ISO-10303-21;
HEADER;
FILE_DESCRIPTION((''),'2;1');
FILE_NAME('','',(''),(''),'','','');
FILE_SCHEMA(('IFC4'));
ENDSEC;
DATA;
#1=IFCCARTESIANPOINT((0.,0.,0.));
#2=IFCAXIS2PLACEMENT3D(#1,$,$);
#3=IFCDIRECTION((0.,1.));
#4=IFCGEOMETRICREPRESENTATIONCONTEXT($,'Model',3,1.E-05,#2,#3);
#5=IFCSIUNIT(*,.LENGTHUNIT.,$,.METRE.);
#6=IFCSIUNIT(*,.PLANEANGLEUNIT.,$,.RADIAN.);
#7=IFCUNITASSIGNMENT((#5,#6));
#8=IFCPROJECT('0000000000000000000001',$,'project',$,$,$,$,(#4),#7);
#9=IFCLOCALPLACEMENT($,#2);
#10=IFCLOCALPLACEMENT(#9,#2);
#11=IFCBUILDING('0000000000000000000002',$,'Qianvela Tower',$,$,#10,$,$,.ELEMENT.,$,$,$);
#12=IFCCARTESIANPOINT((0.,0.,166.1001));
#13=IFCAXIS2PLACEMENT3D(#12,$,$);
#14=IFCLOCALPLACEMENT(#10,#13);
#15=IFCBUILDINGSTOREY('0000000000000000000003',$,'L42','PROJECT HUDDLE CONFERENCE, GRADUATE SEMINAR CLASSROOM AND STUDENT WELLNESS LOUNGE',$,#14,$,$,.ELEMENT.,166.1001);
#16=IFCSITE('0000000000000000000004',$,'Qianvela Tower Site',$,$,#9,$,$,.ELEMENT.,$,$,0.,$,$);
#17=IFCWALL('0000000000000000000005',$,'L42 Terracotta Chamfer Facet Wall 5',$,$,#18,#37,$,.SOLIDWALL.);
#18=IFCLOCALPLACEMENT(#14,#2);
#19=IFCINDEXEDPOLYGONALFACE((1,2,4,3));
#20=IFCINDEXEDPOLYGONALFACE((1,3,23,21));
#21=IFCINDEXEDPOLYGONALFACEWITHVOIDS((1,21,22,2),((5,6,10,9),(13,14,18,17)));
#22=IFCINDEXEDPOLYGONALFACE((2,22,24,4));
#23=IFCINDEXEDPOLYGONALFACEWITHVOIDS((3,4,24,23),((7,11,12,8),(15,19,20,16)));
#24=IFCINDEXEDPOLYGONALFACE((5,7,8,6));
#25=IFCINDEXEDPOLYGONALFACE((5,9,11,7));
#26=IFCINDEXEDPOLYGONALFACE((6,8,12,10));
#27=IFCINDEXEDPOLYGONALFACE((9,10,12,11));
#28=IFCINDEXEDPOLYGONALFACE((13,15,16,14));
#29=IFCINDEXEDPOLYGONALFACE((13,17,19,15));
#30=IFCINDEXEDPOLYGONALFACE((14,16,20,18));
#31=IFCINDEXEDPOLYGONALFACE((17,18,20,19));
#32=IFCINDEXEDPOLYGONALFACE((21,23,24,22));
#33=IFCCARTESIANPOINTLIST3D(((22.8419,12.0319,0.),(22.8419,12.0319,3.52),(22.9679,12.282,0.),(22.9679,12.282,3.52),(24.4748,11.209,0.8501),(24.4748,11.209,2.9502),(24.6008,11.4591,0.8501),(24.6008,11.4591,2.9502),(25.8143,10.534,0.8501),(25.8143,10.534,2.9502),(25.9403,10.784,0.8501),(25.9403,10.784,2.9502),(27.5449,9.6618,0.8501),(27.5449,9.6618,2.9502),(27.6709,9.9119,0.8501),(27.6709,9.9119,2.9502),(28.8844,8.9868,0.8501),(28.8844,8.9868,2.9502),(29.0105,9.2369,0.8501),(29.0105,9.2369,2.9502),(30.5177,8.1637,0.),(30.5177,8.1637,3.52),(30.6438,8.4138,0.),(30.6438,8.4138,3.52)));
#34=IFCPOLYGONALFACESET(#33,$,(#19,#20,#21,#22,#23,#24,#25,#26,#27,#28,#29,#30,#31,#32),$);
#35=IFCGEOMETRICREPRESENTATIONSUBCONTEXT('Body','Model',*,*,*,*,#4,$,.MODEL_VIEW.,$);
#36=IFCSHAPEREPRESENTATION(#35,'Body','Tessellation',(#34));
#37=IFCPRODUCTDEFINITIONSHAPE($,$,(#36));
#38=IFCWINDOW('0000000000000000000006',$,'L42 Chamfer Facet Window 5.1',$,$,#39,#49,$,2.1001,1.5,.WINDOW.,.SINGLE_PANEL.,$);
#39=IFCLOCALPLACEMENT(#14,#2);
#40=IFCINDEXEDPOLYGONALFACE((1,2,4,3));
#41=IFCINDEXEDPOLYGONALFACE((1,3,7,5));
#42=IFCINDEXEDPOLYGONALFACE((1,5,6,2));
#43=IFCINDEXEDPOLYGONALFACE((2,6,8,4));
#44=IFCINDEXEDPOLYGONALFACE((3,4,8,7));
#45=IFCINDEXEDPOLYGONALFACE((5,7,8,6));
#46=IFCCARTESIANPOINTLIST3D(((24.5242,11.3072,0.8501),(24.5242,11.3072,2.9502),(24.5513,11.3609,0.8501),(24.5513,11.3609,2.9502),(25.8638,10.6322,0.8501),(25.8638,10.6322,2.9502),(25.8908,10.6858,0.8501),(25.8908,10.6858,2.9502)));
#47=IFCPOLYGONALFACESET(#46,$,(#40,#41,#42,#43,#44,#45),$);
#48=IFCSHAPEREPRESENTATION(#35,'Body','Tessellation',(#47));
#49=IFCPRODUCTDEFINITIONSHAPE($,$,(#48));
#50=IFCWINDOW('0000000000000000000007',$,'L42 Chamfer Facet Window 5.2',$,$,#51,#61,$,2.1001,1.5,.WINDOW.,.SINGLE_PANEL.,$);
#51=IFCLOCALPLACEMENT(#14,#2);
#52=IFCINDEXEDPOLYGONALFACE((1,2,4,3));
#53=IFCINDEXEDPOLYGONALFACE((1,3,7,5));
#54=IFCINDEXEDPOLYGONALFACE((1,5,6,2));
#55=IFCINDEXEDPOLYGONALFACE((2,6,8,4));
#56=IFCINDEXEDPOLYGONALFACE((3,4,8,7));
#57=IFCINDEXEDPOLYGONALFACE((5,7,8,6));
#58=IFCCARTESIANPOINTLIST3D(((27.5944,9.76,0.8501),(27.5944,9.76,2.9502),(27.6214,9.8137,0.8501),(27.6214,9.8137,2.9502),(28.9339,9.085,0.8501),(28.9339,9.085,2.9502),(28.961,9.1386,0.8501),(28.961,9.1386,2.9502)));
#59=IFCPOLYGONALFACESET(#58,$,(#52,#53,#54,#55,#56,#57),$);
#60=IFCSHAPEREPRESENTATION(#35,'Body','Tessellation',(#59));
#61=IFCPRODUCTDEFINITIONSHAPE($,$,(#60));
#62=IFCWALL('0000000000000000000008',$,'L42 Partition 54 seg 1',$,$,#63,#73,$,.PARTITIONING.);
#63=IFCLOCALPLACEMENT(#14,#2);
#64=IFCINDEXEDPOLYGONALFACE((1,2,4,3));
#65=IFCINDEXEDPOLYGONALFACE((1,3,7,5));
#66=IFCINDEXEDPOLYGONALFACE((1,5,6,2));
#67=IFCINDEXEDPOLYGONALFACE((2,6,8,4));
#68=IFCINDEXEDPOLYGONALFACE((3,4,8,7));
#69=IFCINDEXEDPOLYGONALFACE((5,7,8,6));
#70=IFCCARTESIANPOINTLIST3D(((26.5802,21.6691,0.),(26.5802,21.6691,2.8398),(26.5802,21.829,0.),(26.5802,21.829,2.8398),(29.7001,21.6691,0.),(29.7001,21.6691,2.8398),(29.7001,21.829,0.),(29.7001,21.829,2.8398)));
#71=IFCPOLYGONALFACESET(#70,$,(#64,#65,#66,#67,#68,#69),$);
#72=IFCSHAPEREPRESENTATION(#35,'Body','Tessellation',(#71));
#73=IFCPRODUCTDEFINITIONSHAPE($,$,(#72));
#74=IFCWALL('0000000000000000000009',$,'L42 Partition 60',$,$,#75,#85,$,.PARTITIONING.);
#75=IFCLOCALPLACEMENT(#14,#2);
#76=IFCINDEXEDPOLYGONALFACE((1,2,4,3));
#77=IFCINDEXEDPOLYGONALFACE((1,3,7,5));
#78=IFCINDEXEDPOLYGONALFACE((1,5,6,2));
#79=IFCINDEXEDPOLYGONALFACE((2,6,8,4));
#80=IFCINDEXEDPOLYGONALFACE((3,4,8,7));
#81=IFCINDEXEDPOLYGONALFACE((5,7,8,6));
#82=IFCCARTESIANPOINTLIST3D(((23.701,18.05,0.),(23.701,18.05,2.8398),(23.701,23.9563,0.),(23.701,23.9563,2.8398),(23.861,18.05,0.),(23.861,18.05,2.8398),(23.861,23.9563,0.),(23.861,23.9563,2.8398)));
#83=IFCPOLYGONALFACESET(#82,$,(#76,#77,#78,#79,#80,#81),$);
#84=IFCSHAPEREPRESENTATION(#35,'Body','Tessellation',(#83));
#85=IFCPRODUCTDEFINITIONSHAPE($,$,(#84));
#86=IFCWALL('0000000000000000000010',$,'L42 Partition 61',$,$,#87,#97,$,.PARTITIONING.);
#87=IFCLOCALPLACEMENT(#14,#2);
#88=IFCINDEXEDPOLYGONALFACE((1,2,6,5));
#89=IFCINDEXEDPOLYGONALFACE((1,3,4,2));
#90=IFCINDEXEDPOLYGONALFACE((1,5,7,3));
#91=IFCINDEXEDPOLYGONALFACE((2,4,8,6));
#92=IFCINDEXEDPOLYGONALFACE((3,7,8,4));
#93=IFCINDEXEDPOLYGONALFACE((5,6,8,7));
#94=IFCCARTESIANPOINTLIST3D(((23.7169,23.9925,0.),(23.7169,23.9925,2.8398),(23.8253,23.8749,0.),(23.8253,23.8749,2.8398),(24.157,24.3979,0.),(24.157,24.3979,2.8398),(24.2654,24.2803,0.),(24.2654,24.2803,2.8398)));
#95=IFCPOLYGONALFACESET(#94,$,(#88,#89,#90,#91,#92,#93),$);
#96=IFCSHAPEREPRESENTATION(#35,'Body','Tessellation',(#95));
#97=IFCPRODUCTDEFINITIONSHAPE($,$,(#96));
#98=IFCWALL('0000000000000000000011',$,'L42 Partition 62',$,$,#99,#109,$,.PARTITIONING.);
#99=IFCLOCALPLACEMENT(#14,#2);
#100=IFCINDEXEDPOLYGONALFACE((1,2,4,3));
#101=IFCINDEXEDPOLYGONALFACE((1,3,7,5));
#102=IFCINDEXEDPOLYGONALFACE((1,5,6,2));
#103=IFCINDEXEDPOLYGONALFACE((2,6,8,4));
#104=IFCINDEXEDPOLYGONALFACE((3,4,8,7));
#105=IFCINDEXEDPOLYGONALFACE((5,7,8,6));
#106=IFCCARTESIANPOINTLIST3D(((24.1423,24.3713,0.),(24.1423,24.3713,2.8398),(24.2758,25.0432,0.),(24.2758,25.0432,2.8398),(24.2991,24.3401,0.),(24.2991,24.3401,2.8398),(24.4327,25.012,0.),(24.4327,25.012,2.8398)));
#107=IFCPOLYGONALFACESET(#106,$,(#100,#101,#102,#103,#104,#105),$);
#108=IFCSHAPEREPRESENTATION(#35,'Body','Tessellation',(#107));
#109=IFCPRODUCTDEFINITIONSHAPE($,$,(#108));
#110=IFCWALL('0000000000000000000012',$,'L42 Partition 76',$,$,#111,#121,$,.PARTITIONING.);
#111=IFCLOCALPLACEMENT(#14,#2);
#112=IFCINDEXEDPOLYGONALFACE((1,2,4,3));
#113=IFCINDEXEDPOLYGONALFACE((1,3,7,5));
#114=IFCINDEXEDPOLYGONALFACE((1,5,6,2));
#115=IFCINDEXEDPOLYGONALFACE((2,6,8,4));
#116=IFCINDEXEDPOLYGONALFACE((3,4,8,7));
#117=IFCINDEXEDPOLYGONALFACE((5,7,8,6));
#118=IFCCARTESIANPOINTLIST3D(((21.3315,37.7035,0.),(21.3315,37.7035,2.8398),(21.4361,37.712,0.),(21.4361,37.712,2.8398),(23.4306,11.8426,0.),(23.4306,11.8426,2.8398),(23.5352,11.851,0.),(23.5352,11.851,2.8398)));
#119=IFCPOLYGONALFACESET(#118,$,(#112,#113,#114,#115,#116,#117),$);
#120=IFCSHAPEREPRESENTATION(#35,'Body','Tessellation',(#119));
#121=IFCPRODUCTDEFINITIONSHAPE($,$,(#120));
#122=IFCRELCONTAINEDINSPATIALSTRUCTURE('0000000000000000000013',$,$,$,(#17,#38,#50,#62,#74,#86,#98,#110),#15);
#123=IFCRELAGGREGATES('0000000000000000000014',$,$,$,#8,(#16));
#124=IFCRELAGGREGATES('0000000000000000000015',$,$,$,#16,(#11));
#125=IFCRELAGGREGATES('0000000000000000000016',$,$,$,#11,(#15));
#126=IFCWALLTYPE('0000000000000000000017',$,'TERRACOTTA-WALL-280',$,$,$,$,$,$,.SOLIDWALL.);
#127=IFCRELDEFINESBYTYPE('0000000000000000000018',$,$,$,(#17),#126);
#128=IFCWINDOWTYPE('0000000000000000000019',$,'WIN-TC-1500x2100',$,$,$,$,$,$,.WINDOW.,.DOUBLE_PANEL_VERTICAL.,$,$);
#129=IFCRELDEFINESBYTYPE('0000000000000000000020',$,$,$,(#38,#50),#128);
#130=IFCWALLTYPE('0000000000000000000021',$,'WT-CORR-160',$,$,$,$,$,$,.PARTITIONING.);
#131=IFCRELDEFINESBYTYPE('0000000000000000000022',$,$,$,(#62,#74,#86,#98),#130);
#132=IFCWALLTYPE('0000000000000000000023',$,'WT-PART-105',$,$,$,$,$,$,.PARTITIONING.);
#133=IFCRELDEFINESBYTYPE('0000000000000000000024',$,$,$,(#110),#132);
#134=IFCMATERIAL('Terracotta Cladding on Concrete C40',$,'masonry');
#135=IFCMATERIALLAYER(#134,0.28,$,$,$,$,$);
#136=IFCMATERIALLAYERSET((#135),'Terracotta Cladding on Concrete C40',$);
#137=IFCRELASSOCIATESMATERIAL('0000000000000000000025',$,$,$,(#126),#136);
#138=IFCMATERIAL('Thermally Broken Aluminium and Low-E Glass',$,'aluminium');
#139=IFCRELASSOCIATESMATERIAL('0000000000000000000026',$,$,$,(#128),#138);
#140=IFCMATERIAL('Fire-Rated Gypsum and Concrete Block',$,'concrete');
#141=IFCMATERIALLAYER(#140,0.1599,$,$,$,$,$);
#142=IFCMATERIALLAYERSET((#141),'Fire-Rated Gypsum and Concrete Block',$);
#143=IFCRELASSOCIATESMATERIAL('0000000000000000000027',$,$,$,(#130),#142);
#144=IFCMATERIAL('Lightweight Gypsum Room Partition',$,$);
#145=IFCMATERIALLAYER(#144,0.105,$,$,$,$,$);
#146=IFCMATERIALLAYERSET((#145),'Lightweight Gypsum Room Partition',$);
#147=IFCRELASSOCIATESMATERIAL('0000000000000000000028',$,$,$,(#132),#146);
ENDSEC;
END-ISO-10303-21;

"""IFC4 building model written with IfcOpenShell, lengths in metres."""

from ifc_helpers import new_model, si_unit, direction, frame, frame_2d, origin, place, context, subcontext, project, spatial, rectangle, extrude, material, layer, layer_set, type_object, element, fill, save


model = new_model("IFC4")

# Units and contexts
model_context = context("Model", 3, precision=1e-05, world=origin(), true_north=direction((0.0, 1.0)))
body_context = subcontext(model_context, "Body", "Model", "MODEL_VIEW")
ifc_project = project(units=[si_unit("LENGTHUNIT", "METRE"), si_unit("PLANEANGLEUNIT", "RADIAN")], contexts=[model_context])

# Site, building, storey
site_placement = place(None, origin())
site = spatial("IfcSite", under=ifc_project, at=site_placement, Name="Qianvela Tower Site", CompositionType="ELEMENT", RefElevation=0.0)
building_placement = place(site_placement, origin())
building = spatial("IfcBuilding", under=site, at=building_placement, Name="Qianvela Tower", CompositionType="ELEMENT")
storey_placement = place(building_placement, frame((0.0, 0.0, 166.1001)))
storey = spatial("IfcBuildingStorey", under=building, at=storey_placement, Name="L42", Description="PROJECT HUDDLE CONFERENCE, GRADUATE SEMINAR CLASSROOM AND STUDENT WELLNESS LOUNGE", CompositionType="ELEMENT", Elevation=166.1001)

# Wall, openings, windows
ifc_material_1 = material(Name="Terracotta Cladding on Concrete C40", Category="masonry")
ifc_layer_1 = layer(ifc_material_1, 0.28)
ifc_layer_set_1 = layer_set([ifc_layer_1], Name="Terracotta Cladding on Concrete C40")
wall_type_1 = type_object("IfcWallType", Name="TERRACOTTA-WALL-280", PredefinedType="SOLIDWALL", material=ifc_layer_set_1)
wall_1_placement = place(storey_placement, frame((22.9048, 12.157, 0.0), z_axis=(0.0, 0.0, 1.0), x_axis=(0.893014, -0.450029, 0.0)))
wall_1 = element("IfcWall", 1, at=wall_1_placement, inside=storey, type_object=wall_type_1, Name="L42 Terracotta Chamfer Facet Wall 5", PredefinedType="SOLIDWALL", context=body_context, shape_type="SweptSolid", body=[
    extrude(rectangle(XDim=8.5955, YDim=0.28, at=frame_2d((4.2979, 0.0))), origin(), (0.0, 0.0, 1.0), 3.52),
])
opening_1_placement = place(wall_1_placement, frame((1.8286, 0.0, 0.8501)))
opening_1 = element("IfcOpeningElement", 2, at=opening_1_placement, cuts=wall_1, PredefinedType="OPENING", context=body_context, shape_type="SweptSolid", body=[
    extrude(rectangle(XDim=1.5, YDim=2.1001, at=frame_2d((0.75, 1.05))), frame((0.0, 0.1499, 0.0), z_axis=(0.0, -1.0, 0.0), x_axis=(1.0, 0.0, 0.0)), (0.0, 0.0, 1.0), 0.3),
])
opening_2_placement = place(wall_1_placement, frame((5.2666, 0.0, 0.8501)))
opening_2 = element("IfcOpeningElement", 3, at=opening_2_placement, cuts=wall_1, PredefinedType="OPENING", context=body_context, shape_type="SweptSolid", body=[
    extrude(rectangle(XDim=1.5, YDim=2.1001, at=frame_2d((0.75, 1.05))), frame((0.0, 0.1499, 0.0), z_axis=(0.0, -1.0, 0.0), x_axis=(1.0, 0.0, 0.0)), (0.0, 0.0, 1.0), 0.3),
])
ifc_material_2 = material(Name="Thermally Broken Aluminium and Low-E Glass", Category="aluminium")
window_type = type_object("IfcWindowType", Name="WIN-TC-1500x2100", PartitioningType="DOUBLE_PANEL_VERTICAL", PredefinedType="WINDOW", material=ifc_material_2)
window_1_placement = place(opening_1_placement, origin())
window_1 = element("IfcWindow", 4, at=window_1_placement, inside=storey, type_object=window_type, Name="L42 Chamfer Facet Window 5.1", OverallHeight=2.1001, OverallWidth=1.5, PartitioningType="SINGLE_PANEL", PredefinedType="WINDOW", context=body_context, shape_type="SweptSolid", body=[
    extrude(rectangle(XDim=1.5, YDim=2.1001, at=frame_2d((0.75, 1.05))), frame((0.0, 0.03, 0.0), z_axis=(0.0, -1.0, 0.0), x_axis=(1.0, 0.0, 0.0)), (0.0, 0.0, 1.0), 0.0601),
])
fill(opening_1, window_1)
window_2_placement = place(opening_2_placement, origin())
window_2 = element("IfcWindow", 5, at=window_2_placement, inside=storey, type_object=window_type, Name="L42 Chamfer Facet Window 5.2", OverallHeight=2.1001, OverallWidth=1.5, PartitioningType="SINGLE_PANEL", PredefinedType="WINDOW", context=body_context, shape_type="SweptSolid", body=[
    extrude(rectangle(XDim=1.5, YDim=2.1001, at=frame_2d((0.75, 1.05))), frame((0.0, 0.03, 0.0), z_axis=(0.0, -1.0, 0.0), x_axis=(1.0, 0.0, 0.0)), (0.0, 0.0, 1.0), 0.0601),
])
fill(opening_2, window_2)

# Walls
ifc_material_3 = material(Name="Fire-Rated Gypsum and Concrete Block", Category="concrete")
ifc_layer_2 = layer(ifc_material_3, 0.1599)
ifc_layer_set_2 = layer_set([ifc_layer_2], Name="Fire-Rated Gypsum and Concrete Block")
wall_type_2 = type_object("IfcWallType", Name="WT-CORR-160", PredefinedType="PARTITIONING", material=ifc_layer_set_2)
wall_2_placement = place(storey_placement, frame((26.5801, 21.749, 0.0), z_axis=(0.0, 0.0, 1.0), x_axis=(1.0, 0.0, 0.0)))
element("IfcWall", 6, at=wall_2_placement, inside=storey, type_object=wall_type_2, Name="L42 Partition 54 seg 1", PredefinedType="PARTITIONING", context=body_context, shape_type="SweptSolid", body=[
    extrude(rectangle(XDim=3.1199, YDim=0.1599, at=frame_2d((1.5601, 0.0))), origin(), (0.0, 0.0, 1.0), 2.8398),
])
wall_3_placement = place(storey_placement, frame((23.781, 18.05, 0.0), z_axis=(0.0, 0.0, 1.0), x_axis=(0.0, 1.0, 0.0)))
element("IfcWall", 7, at=wall_3_placement, inside=storey, type_object=wall_type_2, Name="L42 Partition 60", PredefinedType="PARTITIONING", context=body_context, shape_type="SweptSolid", body=[
    extrude(rectangle(XDim=5.9062, YDim=0.1599, at=frame_2d((2.9531, 0.0))), origin(), (0.0, 0.0, 1.0), 2.8398),
])
wall_4_placement = place(storey_placement, frame((23.771, 23.9336, 0.0), z_axis=(0.0, 0.0, 1.0), x_axis=(0.735476, 0.677551, 0.0)))
element("IfcWall", 8, at=wall_4_placement, inside=storey, type_object=wall_type_2, Name="L42 Partition 61", PredefinedType="PARTITIONING", context=body_context, shape_type="SweptSolid", body=[
    extrude(rectangle(XDim=0.5984, YDim=0.1599, at=frame_2d((0.2993, 0.0))), origin(), (0.0, 0.0, 1.0), 2.8398),
])
wall_5_placement = place(storey_placement, frame((24.2207, 24.3557, 0.0), z_axis=(0.0, 0.0, 1.0), x_axis=(0.194951, 0.980813, 0.0)))
element("IfcWall", 9, at=wall_5_placement, inside=storey, type_object=wall_type_2, Name="L42 Partition 62", PredefinedType="PARTITIONING", context=body_context, shape_type="SweptSolid", body=[
    extrude(rectangle(XDim=0.6851, YDim=0.1599, at=frame_2d((0.3425, 0.0))), origin(), (0.0, 0.0, 1.0), 2.8398),
])
ifc_material_4 = material(Name="Lightweight Gypsum Room Partition")
ifc_layer_3 = layer(ifc_material_4, 0.105)
ifc_layer_set_3 = layer_set([ifc_layer_3], Name="Lightweight Gypsum Room Partition")
wall_type_3 = type_object("IfcWallType", Name="WT-PART-105", PredefinedType="PARTITIONING", material=ifc_layer_set_3)
wall_6_placement = place(storey_placement, frame((23.4829, 11.8467, 0.0), z_axis=(0.0, 0.0, 1.0), x_axis=(-0.080903, 0.996722, 0.0)))
element("IfcWall", 10, at=wall_6_placement, inside=storey, type_object=wall_type_3, Name="L42 Partition 76", PredefinedType="PARTITIONING", context=body_context, shape_type="SweptSolid", body=[
    extrude(rectangle(XDim=25.946, YDim=0.105, at=frame_2d((12.9731, 0.0))), origin(), (0.0, 0.0, 1.0), 2.8398),
])

save(model, "model.ifc")
